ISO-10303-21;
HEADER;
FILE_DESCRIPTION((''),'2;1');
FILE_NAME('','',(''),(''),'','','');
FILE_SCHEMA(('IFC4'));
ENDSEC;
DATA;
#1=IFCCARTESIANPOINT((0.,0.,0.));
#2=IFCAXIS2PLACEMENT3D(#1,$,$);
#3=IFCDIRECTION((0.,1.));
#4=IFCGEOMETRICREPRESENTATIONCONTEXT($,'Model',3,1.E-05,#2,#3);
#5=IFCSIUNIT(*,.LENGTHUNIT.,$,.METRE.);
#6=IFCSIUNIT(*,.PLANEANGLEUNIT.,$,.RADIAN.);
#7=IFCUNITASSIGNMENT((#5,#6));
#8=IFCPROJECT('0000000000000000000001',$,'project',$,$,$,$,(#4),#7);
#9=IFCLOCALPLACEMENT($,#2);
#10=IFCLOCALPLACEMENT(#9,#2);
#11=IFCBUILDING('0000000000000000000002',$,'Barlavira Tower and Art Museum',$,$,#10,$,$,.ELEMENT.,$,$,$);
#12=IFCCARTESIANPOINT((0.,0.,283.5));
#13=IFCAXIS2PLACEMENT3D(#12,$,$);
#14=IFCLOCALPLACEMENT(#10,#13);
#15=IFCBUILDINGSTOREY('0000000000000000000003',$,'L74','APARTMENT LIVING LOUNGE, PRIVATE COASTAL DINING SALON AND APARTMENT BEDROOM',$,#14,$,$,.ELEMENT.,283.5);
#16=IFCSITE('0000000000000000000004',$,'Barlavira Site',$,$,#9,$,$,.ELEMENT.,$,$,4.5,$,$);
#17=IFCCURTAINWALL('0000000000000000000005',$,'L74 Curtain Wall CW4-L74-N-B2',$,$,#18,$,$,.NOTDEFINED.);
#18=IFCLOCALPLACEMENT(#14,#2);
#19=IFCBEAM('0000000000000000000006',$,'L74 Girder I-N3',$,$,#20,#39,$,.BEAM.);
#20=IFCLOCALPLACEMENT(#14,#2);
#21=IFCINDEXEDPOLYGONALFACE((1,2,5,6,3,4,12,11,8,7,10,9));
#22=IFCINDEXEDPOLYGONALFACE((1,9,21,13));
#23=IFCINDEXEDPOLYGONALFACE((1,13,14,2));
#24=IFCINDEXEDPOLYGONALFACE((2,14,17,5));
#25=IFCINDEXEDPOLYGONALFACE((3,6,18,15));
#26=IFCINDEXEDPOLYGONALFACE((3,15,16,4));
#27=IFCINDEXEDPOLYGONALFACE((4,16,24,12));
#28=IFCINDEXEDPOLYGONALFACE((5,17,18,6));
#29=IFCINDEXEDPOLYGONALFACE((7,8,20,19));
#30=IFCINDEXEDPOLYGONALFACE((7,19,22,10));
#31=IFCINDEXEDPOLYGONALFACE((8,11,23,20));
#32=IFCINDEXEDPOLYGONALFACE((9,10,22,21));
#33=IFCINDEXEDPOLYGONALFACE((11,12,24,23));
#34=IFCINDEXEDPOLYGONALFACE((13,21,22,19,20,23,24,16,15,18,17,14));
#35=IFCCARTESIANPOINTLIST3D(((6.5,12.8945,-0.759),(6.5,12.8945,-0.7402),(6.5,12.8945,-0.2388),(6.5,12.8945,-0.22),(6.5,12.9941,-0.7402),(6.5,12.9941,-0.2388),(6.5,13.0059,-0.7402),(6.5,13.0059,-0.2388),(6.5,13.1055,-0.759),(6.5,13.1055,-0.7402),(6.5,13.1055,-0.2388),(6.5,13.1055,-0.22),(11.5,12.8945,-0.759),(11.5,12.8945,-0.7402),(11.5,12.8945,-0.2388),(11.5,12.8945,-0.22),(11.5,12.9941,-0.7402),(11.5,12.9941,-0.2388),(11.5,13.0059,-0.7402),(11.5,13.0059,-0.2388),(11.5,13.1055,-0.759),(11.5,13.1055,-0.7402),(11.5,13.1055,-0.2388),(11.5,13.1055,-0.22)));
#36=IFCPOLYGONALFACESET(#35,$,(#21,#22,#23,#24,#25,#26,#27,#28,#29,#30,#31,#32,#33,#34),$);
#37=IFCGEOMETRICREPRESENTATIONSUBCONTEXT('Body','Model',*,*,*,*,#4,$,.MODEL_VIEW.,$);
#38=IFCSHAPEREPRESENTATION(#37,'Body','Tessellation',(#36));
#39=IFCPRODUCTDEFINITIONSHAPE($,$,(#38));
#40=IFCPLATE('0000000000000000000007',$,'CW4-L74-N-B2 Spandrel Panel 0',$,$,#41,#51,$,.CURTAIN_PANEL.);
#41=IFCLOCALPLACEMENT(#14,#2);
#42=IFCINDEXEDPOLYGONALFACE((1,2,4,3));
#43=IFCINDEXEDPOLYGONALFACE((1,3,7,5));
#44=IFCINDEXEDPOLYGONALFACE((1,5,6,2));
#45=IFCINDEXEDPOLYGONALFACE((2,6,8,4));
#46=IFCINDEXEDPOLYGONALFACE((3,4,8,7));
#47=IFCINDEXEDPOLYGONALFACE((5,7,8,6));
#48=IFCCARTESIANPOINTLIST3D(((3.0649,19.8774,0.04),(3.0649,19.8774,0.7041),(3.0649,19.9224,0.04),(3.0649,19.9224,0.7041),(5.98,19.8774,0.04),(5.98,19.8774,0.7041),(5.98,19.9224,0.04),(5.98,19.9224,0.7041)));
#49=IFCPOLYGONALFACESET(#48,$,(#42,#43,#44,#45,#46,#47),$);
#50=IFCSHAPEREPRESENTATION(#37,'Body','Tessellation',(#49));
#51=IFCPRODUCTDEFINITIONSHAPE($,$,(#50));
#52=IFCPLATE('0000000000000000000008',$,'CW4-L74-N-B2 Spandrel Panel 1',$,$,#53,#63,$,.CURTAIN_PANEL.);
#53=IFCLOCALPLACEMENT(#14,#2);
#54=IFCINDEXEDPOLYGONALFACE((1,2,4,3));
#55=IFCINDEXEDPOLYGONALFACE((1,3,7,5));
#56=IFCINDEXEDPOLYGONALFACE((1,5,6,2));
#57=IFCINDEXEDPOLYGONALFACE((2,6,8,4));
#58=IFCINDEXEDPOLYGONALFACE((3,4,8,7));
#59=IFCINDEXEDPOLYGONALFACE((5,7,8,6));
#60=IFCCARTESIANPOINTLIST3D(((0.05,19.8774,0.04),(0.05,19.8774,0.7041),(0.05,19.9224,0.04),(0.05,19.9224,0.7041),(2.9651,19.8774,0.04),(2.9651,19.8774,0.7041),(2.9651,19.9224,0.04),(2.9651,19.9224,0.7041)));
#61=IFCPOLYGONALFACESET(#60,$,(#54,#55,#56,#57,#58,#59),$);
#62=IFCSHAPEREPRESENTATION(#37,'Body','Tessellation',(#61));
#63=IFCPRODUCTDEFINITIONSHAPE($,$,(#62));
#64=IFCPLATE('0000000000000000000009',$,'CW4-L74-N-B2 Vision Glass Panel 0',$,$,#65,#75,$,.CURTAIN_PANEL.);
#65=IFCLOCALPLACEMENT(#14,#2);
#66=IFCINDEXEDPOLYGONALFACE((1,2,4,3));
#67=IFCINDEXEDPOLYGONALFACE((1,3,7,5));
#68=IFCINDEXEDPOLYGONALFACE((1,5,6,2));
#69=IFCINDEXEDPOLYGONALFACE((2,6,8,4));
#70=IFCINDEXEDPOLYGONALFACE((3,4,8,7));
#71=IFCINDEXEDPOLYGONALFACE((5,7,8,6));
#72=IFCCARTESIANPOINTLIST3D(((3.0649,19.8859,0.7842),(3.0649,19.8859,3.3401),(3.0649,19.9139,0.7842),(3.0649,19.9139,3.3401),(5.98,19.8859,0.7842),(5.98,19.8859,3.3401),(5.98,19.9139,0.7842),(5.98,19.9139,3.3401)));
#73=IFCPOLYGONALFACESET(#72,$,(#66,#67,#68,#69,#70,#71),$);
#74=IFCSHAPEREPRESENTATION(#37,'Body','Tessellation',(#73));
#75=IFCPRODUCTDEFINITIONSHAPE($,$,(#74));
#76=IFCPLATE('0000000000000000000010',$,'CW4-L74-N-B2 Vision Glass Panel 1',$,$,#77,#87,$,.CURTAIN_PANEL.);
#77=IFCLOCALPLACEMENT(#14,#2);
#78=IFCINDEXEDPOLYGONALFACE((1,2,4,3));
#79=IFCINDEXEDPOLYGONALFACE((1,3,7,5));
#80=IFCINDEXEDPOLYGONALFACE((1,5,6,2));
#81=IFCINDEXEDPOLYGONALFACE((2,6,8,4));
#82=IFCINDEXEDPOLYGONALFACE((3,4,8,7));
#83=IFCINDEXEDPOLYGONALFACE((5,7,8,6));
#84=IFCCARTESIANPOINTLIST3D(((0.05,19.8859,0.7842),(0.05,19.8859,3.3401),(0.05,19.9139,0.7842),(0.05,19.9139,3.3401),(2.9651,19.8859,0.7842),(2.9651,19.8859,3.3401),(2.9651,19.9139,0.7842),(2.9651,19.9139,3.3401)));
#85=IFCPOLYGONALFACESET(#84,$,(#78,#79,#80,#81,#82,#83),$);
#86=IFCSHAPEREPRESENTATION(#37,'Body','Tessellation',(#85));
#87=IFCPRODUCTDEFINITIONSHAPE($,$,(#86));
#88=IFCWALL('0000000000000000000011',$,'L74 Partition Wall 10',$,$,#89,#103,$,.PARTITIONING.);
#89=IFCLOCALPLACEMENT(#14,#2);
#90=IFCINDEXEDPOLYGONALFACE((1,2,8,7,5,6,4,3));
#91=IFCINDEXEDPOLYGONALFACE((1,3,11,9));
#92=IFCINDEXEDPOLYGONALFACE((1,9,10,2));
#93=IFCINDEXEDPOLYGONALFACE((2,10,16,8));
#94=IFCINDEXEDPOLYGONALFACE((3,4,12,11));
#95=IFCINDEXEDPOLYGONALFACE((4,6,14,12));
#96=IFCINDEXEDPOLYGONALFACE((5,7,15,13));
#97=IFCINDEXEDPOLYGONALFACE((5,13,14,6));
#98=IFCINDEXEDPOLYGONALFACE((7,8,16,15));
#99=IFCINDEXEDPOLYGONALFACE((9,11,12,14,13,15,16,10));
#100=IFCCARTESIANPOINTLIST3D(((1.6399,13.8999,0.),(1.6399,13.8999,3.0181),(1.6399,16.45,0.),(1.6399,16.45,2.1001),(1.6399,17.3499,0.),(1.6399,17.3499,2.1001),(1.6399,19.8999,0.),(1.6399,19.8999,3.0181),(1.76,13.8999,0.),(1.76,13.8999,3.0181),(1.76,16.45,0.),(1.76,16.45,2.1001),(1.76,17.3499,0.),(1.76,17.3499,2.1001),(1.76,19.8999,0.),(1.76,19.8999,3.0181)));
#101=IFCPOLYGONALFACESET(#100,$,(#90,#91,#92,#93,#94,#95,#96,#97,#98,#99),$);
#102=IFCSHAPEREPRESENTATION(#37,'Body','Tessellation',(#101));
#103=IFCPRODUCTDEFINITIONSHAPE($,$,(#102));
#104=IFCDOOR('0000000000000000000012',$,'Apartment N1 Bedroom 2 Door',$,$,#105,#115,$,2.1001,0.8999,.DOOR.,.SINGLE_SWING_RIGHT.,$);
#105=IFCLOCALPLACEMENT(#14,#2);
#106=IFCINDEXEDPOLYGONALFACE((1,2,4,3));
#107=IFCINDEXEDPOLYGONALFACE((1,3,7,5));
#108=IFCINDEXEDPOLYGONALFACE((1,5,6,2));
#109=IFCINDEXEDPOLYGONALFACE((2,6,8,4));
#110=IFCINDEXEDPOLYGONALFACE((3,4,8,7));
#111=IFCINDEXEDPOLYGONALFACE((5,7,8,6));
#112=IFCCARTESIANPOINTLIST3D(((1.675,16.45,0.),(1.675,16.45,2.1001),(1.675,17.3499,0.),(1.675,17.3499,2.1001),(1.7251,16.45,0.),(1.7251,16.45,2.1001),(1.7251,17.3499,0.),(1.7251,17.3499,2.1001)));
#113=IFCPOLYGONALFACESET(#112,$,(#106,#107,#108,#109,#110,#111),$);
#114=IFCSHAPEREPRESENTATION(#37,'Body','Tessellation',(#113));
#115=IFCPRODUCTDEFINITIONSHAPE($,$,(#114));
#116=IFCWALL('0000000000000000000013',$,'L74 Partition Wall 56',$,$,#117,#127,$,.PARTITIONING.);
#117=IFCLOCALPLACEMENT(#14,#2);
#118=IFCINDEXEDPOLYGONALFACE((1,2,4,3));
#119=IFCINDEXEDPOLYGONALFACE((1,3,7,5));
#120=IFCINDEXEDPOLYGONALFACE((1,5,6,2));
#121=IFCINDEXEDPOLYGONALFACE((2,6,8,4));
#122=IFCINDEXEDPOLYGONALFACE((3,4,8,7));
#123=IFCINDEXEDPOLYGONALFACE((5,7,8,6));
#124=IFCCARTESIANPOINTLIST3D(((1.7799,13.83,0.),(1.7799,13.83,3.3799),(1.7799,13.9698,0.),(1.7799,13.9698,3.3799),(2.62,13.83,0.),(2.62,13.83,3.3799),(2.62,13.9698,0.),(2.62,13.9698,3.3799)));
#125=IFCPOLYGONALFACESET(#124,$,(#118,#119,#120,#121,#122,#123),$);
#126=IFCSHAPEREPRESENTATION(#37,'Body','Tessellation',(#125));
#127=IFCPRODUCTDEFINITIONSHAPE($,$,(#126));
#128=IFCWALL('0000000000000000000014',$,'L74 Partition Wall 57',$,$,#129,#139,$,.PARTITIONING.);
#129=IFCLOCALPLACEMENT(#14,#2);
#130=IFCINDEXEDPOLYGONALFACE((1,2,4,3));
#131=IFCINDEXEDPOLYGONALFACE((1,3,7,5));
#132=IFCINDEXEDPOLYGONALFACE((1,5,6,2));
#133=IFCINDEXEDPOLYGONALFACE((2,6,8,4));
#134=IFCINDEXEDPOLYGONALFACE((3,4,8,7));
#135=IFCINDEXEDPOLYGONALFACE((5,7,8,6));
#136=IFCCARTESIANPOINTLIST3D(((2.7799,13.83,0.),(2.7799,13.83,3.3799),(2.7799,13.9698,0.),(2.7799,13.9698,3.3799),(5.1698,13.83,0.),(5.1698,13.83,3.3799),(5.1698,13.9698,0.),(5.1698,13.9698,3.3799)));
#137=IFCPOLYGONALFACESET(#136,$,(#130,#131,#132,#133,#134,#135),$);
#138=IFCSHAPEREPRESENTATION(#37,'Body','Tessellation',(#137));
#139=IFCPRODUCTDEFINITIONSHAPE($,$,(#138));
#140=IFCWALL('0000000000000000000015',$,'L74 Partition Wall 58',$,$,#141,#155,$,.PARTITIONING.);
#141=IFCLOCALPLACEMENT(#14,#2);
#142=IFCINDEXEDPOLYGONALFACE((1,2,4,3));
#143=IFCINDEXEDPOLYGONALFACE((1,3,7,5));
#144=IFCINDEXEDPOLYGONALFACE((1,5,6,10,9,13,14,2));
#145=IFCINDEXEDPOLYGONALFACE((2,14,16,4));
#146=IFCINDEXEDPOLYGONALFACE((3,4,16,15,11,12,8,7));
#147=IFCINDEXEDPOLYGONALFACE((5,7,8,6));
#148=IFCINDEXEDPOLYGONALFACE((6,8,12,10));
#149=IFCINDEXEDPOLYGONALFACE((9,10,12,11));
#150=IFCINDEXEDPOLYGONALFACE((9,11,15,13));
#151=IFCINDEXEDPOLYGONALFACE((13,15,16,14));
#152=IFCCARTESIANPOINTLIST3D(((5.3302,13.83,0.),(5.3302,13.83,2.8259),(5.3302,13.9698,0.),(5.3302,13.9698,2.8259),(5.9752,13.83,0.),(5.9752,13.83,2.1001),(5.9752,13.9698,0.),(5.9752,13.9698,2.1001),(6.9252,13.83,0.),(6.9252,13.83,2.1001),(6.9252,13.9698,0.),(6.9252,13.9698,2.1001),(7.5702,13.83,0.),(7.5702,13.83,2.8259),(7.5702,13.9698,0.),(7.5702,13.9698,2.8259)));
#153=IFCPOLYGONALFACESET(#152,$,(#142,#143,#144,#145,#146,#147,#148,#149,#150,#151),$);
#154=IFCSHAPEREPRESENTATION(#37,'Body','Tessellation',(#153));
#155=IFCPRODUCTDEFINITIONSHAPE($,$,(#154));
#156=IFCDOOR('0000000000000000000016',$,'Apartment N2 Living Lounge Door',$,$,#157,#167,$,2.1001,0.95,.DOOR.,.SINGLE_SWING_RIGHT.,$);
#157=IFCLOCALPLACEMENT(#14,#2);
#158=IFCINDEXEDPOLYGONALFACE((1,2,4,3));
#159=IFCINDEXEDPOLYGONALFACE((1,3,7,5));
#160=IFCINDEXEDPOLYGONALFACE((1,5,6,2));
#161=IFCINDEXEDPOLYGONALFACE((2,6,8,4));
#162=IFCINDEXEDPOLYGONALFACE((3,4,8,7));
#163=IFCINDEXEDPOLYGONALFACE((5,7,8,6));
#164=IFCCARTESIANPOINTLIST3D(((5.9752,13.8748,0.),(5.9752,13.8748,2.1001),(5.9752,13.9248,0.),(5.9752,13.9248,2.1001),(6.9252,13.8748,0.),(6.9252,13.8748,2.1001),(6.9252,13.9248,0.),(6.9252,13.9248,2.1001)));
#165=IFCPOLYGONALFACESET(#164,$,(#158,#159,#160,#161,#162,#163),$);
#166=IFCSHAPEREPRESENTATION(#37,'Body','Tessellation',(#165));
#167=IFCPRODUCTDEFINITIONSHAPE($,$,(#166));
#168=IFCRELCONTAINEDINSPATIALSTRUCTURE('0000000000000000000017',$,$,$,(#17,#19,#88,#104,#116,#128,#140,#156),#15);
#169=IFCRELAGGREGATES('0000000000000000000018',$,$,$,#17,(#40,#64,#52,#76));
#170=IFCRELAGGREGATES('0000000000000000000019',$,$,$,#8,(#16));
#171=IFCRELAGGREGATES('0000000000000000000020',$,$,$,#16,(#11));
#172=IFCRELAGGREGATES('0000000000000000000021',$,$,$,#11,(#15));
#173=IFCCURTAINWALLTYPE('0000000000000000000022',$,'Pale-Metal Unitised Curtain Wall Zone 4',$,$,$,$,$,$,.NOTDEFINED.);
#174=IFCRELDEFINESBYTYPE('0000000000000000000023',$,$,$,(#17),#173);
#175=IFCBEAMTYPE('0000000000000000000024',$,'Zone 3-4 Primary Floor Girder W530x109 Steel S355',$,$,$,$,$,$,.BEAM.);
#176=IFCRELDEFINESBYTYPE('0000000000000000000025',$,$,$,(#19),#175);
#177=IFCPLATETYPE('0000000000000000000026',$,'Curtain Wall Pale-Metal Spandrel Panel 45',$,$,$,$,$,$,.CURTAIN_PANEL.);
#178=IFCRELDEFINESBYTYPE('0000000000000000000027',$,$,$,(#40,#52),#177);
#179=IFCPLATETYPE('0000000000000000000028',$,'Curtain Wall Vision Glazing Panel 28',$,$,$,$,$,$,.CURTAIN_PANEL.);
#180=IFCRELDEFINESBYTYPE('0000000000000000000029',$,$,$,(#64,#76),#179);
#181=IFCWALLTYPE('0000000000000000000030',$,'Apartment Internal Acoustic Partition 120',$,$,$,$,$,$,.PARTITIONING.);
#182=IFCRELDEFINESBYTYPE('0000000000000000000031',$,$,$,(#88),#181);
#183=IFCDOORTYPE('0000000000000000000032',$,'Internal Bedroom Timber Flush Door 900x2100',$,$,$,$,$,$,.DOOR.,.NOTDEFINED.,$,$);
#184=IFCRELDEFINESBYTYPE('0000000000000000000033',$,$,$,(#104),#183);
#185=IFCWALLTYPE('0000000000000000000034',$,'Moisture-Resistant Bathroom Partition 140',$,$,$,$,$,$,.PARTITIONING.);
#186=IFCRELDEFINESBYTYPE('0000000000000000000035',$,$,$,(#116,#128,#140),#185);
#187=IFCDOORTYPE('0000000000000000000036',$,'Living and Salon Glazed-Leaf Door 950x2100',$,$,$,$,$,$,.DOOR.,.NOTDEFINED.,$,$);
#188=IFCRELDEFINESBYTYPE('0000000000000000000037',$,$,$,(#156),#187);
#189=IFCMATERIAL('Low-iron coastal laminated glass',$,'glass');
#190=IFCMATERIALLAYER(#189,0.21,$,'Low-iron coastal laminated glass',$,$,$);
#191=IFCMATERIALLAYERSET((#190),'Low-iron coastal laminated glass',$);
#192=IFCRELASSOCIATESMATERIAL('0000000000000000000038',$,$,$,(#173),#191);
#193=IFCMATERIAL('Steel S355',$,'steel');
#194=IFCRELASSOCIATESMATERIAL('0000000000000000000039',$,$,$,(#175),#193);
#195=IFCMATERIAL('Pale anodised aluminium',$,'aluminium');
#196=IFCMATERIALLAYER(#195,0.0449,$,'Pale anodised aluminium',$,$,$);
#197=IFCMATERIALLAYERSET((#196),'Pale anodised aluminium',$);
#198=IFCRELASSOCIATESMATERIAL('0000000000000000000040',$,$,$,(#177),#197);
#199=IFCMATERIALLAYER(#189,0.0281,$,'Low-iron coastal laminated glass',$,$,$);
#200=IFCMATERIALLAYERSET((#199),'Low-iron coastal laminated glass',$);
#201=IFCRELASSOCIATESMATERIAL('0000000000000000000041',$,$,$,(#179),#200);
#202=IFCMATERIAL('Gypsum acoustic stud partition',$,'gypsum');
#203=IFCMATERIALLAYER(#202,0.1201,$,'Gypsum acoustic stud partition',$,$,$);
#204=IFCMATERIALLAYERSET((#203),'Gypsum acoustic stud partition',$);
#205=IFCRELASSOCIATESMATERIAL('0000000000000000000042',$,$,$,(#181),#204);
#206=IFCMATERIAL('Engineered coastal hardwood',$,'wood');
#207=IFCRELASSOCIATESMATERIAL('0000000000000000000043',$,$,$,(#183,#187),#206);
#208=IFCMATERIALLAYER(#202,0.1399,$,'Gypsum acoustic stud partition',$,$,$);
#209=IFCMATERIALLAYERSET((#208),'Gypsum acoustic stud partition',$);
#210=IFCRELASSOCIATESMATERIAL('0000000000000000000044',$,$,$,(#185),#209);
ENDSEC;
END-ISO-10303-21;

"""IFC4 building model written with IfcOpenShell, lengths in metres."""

from ifc_helpers import new_model, si_unit, direction, frame, frame_2d, origin, origin_2d, place, context, subcontext, project, spatial, rectangle, i_section, extrude, material, layer, layer_set, material_profile, profile_set, type_object, element, fill, aggregate, save


model = new_model("IFC4")

# Units and contexts
model_context = context("Model", 3, precision=1e-05, world=origin(), true_north=direction((0.0, 1.0)))
body_context = subcontext(model_context, "Body", "Model", "MODEL_VIEW")
ifc_project = project(units=[si_unit("LENGTHUNIT", "METRE"), si_unit("PLANEANGLEUNIT", "RADIAN")], contexts=[model_context])

# Site, building, storey
site_placement = place(None, origin())
site = spatial("IfcSite", under=ifc_project, at=site_placement, Name="Barlavira Site", CompositionType="ELEMENT", RefElevation=4.5)
building_placement = place(site_placement, origin())
building = spatial("IfcBuilding", under=site, at=building_placement, Name="Barlavira Tower and Art Museum", CompositionType="ELEMENT")
storey_placement = place(building_placement, frame((0.0, 0.0, 283.5)))
storey = spatial("IfcBuildingStorey", under=building, at=storey_placement, Name="L74", Description="APARTMENT LIVING LOUNGE, PRIVATE COASTAL DINING SALON AND APARTMENT BEDROOM", CompositionType="ELEMENT", Elevation=283.5)

# Curtain wall
ifc_material_1 = material(Name="Low-iron coastal laminated glass", Category="glass")
ifc_layer_1 = layer(ifc_material_1, 0.21, Name="Low-iron coastal laminated glass")
ifc_layer_set_1 = layer_set([ifc_layer_1], Name="Low-iron coastal laminated glass")
curtain_wall_type = type_object("IfcCurtainWallType", Name="Pale-Metal Unitised Curtain Wall Zone 4", PredefinedType="NOTDEFINED", material=ifc_layer_set_1)
curtain_wall_placement = place(storey_placement, origin())
curtain_wall = element("IfcCurtainWall", 1, at=curtain_wall_placement, inside=storey, type_object=curtain_wall_type, Name="L74 Curtain Wall CW4-L74-N-B2", PredefinedType="NOTDEFINED")
ifc_material_2 = material(Name="Pale anodised aluminium", Category="aluminium")

# Shared definitions
ifc_material_3 = material(Name="Steel S355", Category="steel")

# Beam
ifc_material_profile_1 = material_profile(ifc_material_3, i_section(OverallWidth=0.2109, OverallDepth=0.5391, WebThickness=0.0117, FlangeThickness=0.0188, at=origin_2d()), Name="W530x109.0")
ifc_profile_set_1 = profile_set([ifc_material_profile_1], Name="Steel S355")
beam_type = type_object("IfcBeamType", Name="Zone 3-4 Primary Floor Girder W530x109 Steel S355", PredefinedType="BEAM", material=ifc_profile_set_1)
beam_placement = place(storey_placement, frame((6.5, 13.0, -0.4895), z_axis=(1.0, 0.0, 0.0), x_axis=(0.0, 1.0, 0.0)))
element("IfcBeam", 2, at=beam_placement, inside=storey, type_object=beam_type, Name="L74 Girder I-N3", PredefinedType="BEAM", context=body_context, shape_type="SweptSolid", body=[
    extrude(i_section(OverallWidth=0.2109, OverallDepth=0.5391, WebThickness=0.0117, FlangeThickness=0.0188, at=origin_2d()), origin(), (0.0, 0.0, 1.0), 5.0),
])

# Plates
ifc_layer_2 = layer(ifc_material_2, 0.0449, Name="Pale anodised aluminium")
ifc_layer_set_2 = layer_set([ifc_layer_2], Name="Pale anodised aluminium")
plate_type_1 = type_object("IfcPlateType", Name="Curtain Wall Pale-Metal Spandrel Panel 45", PredefinedType="CURTAIN_PANEL", material=ifc_layer_set_2)
plate_1_placement = place(storey_placement, frame((4.5225, 19.8999, 0.04), z_axis=(0.0, 0.0, 1.0), x_axis=(-1.0, 0.0, 0.0)))
plate_1 = element("IfcPlate", 3, at=plate_1_placement, type_object=plate_type_1, Name="CW4-L74-N-B2 Spandrel Panel 0", PredefinedType="CURTAIN_PANEL", context=body_context, shape_type="SweptSolid", body=[
    extrude(rectangle(XDim=2.915, YDim=0.0449, at=origin_2d()), origin(), (0.0, 0.0, 1.0), 0.6641),
])
plate_2_placement = place(storey_placement, frame((1.5076, 19.8999, 0.04), z_axis=(0.0, 0.0, 1.0), x_axis=(-1.0, 0.0, 0.0)))
plate_2 = element("IfcPlate", 4, at=plate_2_placement, type_object=plate_type_1, Name="CW4-L74-N-B2 Spandrel Panel 1", PredefinedType="CURTAIN_PANEL", context=body_context, shape_type="SweptSolid", body=[
    extrude(rectangle(XDim=2.915, YDim=0.0449, at=origin_2d()), origin(), (0.0, 0.0, 1.0), 0.6641),
])
ifc_layer_3 = layer(ifc_material_1, 0.0281, Name="Low-iron coastal laminated glass")
ifc_layer_set_3 = layer_set([ifc_layer_3], Name="Low-iron coastal laminated glass")
plate_type_2 = type_object("IfcPlateType", Name="Curtain Wall Vision Glazing Panel 28", PredefinedType="CURTAIN_PANEL", material=ifc_layer_set_3)
plate_3_placement = place(storey_placement, frame((4.5225, 19.8999, 0.7842), z_axis=(0.0, 0.0, 1.0), x_axis=(-1.0, 0.0, 0.0)))
plate_3 = element("IfcPlate", 5, at=plate_3_placement, type_object=plate_type_2, Name="CW4-L74-N-B2 Vision Glass Panel 0", PredefinedType="CURTAIN_PANEL", context=body_context, shape_type="SweptSolid", body=[
    extrude(rectangle(XDim=2.915, YDim=0.0281, at=origin_2d()), origin(), (0.0, 0.0, 1.0), 2.5559),
])
plate_4_placement = place(storey_placement, frame((1.5076, 19.8999, 0.7842), z_axis=(0.0, 0.0, 1.0), x_axis=(-1.0, 0.0, 0.0)))
plate_4 = element("IfcPlate", 6, at=plate_4_placement, type_object=plate_type_2, Name="CW4-L74-N-B2 Vision Glass Panel 1", PredefinedType="CURTAIN_PANEL", context=body_context, shape_type="SweptSolid", body=[
    extrude(rectangle(XDim=2.915, YDim=0.0281, at=origin_2d()), origin(), (0.0, 0.0, 1.0), 2.5559),
])
aggregate(curtain_wall, [plate_1, plate_3, plate_2, plate_4])

# Wall, opening, door
ifc_material_4 = material(Name="Gypsum acoustic stud partition", Category="gypsum")
ifc_layer_4 = layer(ifc_material_4, 0.1201, Name="Gypsum acoustic stud partition")
ifc_layer_set_4 = layer_set([ifc_layer_4], Name="Gypsum acoustic stud partition")
wall_type_1 = type_object("IfcWallType", Name="Apartment Internal Acoustic Partition 120", PredefinedType="PARTITIONING", material=ifc_layer_set_4)
wall_1_placement = place(storey_placement, frame((1.7, 13.8999, 0.0), z_axis=(0.0, 0.0, 1.0), x_axis=(0.0, 1.0, 0.0)))
wall_1 = element("IfcWall", 7, at=wall_1_placement, inside=storey, type_object=wall_type_1, Name="L74 Partition Wall 10", PredefinedType="PARTITIONING", context=body_context, shape_type="SweptSolid", body=[
    extrude(rectangle(XDim=6.0, YDim=0.1201, at=frame_2d((3.0, 0.0))), origin(), (0.0, 0.0, 1.0), 3.0181),
])
opening_1_placement = place(wall_1_placement, frame((2.55, 0.0, 0.0)))
opening_1 = element("IfcOpeningElement", 8, at=opening_1_placement, cuts=wall_1, PredefinedType="OPENING", context=body_context, shape_type="SweptSolid", body=[
    extrude(rectangle(XDim=0.8999, YDim=2.1001, at=frame_2d((0.45, 1.05))), frame((0.0, 0.0701, 0.0), z_axis=(0.0, -1.0, 0.0), x_axis=(1.0, 0.0, 0.0)), (0.0, 0.0, 1.0), 0.1401),
])
ifc_material_5 = material(Name="Engineered coastal hardwood", Category="wood")
door_type_1 = type_object("IfcDoorType", Name="Internal Bedroom Timber Flush Door 900x2100", OperationType="NOTDEFINED", PredefinedType="DOOR", material=ifc_material_5)
door_1_placement = place(opening_1_placement, origin())
door_1 = element("IfcDoor", 9, at=door_1_placement, inside=storey, type_object=door_type_1, Name="Apartment N1 Bedroom 2 Door", OperationType="SINGLE_SWING_RIGHT", OverallHeight=2.1001, OverallWidth=0.8999, PredefinedType="DOOR", context=body_context, shape_type="SweptSolid", body=[
    extrude(rectangle(XDim=0.8999, YDim=2.1001, at=frame_2d((0.45, 1.05))), frame((0.0, 0.0249, 0.0), z_axis=(0.0, -1.0, 0.0), x_axis=(1.0, 0.0, 0.0)), (0.0, 0.0, 1.0), 0.05),
])
fill(opening_1, door_1)

# Walls
ifc_layer_5 = layer(ifc_material_4, 0.1399, Name="Gypsum acoustic stud partition")
ifc_layer_set_5 = layer_set([ifc_layer_5], Name="Gypsum acoustic stud partition")
wall_type_2 = type_object("IfcWallType", Name="Moisture-Resistant Bathroom Partition 140", PredefinedType="PARTITIONING", material=ifc_layer_set_5)
wall_2_placement = place(storey_placement, frame((1.78, 13.8999, 0.0), z_axis=(0.0, 0.0, 1.0), x_axis=(1.0, 0.0, 0.0)))
element("IfcWall", 10, at=wall_2_placement, inside=storey, type_object=wall_type_2, Name="L74 Partition Wall 56", PredefinedType="PARTITIONING", context=body_context, shape_type="SweptSolid", body=[
    extrude(rectangle(XDim=0.8401, YDim=0.1399, at=frame_2d((0.4199, 0.0))), origin(), (0.0, 0.0, 1.0), 3.3799),
])
wall_3_placement = place(storey_placement, frame((2.78, 13.8999, 0.0), z_axis=(0.0, 0.0, 1.0), x_axis=(1.0, 0.0, 0.0)))
element("IfcWall", 11, at=wall_3_placement, inside=storey, type_object=wall_type_2, Name="L74 Partition Wall 57", PredefinedType="PARTITIONING", context=body_context, shape_type="SweptSolid", body=[
    extrude(rectangle(XDim=2.3899, YDim=0.1399, at=frame_2d((1.1948, 0.0))), origin(), (0.0, 0.0, 1.0), 3.3799),
])

# Wall, opening, door
wall_4_placement = place(storey_placement, frame((5.3301, 13.8999, 0.0), z_axis=(0.0, 0.0, 1.0), x_axis=(1.0, 0.0, 0.0)))
wall_4 = element("IfcWall", 12, at=wall_4_placement, inside=storey, type_object=wall_type_2, Name="L74 Partition Wall 58", PredefinedType="PARTITIONING", context=body_context, shape_type="SweptSolid", body=[
    extrude(rectangle(XDim=2.24, YDim=0.1399, at=frame_2d((1.1201, 0.0))), origin(), (0.0, 0.0, 1.0), 2.8259),
])
opening_2_placement = place(wall_4_placement, frame((0.645, 0.0, 0.0)))
opening_2 = element("IfcOpeningElement", 13, at=opening_2_placement, cuts=wall_4, PredefinedType="OPENING", context=body_context, shape_type="SweptSolid", body=[
    extrude(rectangle(XDim=0.95, YDim=2.1001, at=frame_2d((0.4751, 1.05))), frame((0.0, 0.0801, 0.0), z_axis=(0.0, -1.0, 0.0), x_axis=(1.0, 0.0, 0.0)), (0.0, 0.0, 1.0), 0.1599),
])
door_type_2 = type_object("IfcDoorType", Name="Living and Salon Glazed-Leaf Door 950x2100", OperationType="NOTDEFINED", PredefinedType="DOOR", material=ifc_material_5)
door_2_placement = place(opening_2_placement, origin())
door_2 = element("IfcDoor", 14, at=door_2_placement, inside=storey, type_object=door_type_2, Name="Apartment N2 Living Lounge Door", OperationType="SINGLE_SWING_RIGHT", OverallHeight=2.1001, OverallWidth=0.95, PredefinedType="DOOR", context=body_context, shape_type="SweptSolid", body=[
    extrude(rectangle(XDim=0.95, YDim=2.1001, at=frame_2d((0.4751, 1.05))), frame((0.0, 0.0249, 0.0), z_axis=(0.0, -1.0, 0.0), x_axis=(1.0, 0.0, 0.0)), (0.0, 0.0, 1.0), 0.05),
])
fill(opening_2, door_2)

save(model, "model.ifc")
